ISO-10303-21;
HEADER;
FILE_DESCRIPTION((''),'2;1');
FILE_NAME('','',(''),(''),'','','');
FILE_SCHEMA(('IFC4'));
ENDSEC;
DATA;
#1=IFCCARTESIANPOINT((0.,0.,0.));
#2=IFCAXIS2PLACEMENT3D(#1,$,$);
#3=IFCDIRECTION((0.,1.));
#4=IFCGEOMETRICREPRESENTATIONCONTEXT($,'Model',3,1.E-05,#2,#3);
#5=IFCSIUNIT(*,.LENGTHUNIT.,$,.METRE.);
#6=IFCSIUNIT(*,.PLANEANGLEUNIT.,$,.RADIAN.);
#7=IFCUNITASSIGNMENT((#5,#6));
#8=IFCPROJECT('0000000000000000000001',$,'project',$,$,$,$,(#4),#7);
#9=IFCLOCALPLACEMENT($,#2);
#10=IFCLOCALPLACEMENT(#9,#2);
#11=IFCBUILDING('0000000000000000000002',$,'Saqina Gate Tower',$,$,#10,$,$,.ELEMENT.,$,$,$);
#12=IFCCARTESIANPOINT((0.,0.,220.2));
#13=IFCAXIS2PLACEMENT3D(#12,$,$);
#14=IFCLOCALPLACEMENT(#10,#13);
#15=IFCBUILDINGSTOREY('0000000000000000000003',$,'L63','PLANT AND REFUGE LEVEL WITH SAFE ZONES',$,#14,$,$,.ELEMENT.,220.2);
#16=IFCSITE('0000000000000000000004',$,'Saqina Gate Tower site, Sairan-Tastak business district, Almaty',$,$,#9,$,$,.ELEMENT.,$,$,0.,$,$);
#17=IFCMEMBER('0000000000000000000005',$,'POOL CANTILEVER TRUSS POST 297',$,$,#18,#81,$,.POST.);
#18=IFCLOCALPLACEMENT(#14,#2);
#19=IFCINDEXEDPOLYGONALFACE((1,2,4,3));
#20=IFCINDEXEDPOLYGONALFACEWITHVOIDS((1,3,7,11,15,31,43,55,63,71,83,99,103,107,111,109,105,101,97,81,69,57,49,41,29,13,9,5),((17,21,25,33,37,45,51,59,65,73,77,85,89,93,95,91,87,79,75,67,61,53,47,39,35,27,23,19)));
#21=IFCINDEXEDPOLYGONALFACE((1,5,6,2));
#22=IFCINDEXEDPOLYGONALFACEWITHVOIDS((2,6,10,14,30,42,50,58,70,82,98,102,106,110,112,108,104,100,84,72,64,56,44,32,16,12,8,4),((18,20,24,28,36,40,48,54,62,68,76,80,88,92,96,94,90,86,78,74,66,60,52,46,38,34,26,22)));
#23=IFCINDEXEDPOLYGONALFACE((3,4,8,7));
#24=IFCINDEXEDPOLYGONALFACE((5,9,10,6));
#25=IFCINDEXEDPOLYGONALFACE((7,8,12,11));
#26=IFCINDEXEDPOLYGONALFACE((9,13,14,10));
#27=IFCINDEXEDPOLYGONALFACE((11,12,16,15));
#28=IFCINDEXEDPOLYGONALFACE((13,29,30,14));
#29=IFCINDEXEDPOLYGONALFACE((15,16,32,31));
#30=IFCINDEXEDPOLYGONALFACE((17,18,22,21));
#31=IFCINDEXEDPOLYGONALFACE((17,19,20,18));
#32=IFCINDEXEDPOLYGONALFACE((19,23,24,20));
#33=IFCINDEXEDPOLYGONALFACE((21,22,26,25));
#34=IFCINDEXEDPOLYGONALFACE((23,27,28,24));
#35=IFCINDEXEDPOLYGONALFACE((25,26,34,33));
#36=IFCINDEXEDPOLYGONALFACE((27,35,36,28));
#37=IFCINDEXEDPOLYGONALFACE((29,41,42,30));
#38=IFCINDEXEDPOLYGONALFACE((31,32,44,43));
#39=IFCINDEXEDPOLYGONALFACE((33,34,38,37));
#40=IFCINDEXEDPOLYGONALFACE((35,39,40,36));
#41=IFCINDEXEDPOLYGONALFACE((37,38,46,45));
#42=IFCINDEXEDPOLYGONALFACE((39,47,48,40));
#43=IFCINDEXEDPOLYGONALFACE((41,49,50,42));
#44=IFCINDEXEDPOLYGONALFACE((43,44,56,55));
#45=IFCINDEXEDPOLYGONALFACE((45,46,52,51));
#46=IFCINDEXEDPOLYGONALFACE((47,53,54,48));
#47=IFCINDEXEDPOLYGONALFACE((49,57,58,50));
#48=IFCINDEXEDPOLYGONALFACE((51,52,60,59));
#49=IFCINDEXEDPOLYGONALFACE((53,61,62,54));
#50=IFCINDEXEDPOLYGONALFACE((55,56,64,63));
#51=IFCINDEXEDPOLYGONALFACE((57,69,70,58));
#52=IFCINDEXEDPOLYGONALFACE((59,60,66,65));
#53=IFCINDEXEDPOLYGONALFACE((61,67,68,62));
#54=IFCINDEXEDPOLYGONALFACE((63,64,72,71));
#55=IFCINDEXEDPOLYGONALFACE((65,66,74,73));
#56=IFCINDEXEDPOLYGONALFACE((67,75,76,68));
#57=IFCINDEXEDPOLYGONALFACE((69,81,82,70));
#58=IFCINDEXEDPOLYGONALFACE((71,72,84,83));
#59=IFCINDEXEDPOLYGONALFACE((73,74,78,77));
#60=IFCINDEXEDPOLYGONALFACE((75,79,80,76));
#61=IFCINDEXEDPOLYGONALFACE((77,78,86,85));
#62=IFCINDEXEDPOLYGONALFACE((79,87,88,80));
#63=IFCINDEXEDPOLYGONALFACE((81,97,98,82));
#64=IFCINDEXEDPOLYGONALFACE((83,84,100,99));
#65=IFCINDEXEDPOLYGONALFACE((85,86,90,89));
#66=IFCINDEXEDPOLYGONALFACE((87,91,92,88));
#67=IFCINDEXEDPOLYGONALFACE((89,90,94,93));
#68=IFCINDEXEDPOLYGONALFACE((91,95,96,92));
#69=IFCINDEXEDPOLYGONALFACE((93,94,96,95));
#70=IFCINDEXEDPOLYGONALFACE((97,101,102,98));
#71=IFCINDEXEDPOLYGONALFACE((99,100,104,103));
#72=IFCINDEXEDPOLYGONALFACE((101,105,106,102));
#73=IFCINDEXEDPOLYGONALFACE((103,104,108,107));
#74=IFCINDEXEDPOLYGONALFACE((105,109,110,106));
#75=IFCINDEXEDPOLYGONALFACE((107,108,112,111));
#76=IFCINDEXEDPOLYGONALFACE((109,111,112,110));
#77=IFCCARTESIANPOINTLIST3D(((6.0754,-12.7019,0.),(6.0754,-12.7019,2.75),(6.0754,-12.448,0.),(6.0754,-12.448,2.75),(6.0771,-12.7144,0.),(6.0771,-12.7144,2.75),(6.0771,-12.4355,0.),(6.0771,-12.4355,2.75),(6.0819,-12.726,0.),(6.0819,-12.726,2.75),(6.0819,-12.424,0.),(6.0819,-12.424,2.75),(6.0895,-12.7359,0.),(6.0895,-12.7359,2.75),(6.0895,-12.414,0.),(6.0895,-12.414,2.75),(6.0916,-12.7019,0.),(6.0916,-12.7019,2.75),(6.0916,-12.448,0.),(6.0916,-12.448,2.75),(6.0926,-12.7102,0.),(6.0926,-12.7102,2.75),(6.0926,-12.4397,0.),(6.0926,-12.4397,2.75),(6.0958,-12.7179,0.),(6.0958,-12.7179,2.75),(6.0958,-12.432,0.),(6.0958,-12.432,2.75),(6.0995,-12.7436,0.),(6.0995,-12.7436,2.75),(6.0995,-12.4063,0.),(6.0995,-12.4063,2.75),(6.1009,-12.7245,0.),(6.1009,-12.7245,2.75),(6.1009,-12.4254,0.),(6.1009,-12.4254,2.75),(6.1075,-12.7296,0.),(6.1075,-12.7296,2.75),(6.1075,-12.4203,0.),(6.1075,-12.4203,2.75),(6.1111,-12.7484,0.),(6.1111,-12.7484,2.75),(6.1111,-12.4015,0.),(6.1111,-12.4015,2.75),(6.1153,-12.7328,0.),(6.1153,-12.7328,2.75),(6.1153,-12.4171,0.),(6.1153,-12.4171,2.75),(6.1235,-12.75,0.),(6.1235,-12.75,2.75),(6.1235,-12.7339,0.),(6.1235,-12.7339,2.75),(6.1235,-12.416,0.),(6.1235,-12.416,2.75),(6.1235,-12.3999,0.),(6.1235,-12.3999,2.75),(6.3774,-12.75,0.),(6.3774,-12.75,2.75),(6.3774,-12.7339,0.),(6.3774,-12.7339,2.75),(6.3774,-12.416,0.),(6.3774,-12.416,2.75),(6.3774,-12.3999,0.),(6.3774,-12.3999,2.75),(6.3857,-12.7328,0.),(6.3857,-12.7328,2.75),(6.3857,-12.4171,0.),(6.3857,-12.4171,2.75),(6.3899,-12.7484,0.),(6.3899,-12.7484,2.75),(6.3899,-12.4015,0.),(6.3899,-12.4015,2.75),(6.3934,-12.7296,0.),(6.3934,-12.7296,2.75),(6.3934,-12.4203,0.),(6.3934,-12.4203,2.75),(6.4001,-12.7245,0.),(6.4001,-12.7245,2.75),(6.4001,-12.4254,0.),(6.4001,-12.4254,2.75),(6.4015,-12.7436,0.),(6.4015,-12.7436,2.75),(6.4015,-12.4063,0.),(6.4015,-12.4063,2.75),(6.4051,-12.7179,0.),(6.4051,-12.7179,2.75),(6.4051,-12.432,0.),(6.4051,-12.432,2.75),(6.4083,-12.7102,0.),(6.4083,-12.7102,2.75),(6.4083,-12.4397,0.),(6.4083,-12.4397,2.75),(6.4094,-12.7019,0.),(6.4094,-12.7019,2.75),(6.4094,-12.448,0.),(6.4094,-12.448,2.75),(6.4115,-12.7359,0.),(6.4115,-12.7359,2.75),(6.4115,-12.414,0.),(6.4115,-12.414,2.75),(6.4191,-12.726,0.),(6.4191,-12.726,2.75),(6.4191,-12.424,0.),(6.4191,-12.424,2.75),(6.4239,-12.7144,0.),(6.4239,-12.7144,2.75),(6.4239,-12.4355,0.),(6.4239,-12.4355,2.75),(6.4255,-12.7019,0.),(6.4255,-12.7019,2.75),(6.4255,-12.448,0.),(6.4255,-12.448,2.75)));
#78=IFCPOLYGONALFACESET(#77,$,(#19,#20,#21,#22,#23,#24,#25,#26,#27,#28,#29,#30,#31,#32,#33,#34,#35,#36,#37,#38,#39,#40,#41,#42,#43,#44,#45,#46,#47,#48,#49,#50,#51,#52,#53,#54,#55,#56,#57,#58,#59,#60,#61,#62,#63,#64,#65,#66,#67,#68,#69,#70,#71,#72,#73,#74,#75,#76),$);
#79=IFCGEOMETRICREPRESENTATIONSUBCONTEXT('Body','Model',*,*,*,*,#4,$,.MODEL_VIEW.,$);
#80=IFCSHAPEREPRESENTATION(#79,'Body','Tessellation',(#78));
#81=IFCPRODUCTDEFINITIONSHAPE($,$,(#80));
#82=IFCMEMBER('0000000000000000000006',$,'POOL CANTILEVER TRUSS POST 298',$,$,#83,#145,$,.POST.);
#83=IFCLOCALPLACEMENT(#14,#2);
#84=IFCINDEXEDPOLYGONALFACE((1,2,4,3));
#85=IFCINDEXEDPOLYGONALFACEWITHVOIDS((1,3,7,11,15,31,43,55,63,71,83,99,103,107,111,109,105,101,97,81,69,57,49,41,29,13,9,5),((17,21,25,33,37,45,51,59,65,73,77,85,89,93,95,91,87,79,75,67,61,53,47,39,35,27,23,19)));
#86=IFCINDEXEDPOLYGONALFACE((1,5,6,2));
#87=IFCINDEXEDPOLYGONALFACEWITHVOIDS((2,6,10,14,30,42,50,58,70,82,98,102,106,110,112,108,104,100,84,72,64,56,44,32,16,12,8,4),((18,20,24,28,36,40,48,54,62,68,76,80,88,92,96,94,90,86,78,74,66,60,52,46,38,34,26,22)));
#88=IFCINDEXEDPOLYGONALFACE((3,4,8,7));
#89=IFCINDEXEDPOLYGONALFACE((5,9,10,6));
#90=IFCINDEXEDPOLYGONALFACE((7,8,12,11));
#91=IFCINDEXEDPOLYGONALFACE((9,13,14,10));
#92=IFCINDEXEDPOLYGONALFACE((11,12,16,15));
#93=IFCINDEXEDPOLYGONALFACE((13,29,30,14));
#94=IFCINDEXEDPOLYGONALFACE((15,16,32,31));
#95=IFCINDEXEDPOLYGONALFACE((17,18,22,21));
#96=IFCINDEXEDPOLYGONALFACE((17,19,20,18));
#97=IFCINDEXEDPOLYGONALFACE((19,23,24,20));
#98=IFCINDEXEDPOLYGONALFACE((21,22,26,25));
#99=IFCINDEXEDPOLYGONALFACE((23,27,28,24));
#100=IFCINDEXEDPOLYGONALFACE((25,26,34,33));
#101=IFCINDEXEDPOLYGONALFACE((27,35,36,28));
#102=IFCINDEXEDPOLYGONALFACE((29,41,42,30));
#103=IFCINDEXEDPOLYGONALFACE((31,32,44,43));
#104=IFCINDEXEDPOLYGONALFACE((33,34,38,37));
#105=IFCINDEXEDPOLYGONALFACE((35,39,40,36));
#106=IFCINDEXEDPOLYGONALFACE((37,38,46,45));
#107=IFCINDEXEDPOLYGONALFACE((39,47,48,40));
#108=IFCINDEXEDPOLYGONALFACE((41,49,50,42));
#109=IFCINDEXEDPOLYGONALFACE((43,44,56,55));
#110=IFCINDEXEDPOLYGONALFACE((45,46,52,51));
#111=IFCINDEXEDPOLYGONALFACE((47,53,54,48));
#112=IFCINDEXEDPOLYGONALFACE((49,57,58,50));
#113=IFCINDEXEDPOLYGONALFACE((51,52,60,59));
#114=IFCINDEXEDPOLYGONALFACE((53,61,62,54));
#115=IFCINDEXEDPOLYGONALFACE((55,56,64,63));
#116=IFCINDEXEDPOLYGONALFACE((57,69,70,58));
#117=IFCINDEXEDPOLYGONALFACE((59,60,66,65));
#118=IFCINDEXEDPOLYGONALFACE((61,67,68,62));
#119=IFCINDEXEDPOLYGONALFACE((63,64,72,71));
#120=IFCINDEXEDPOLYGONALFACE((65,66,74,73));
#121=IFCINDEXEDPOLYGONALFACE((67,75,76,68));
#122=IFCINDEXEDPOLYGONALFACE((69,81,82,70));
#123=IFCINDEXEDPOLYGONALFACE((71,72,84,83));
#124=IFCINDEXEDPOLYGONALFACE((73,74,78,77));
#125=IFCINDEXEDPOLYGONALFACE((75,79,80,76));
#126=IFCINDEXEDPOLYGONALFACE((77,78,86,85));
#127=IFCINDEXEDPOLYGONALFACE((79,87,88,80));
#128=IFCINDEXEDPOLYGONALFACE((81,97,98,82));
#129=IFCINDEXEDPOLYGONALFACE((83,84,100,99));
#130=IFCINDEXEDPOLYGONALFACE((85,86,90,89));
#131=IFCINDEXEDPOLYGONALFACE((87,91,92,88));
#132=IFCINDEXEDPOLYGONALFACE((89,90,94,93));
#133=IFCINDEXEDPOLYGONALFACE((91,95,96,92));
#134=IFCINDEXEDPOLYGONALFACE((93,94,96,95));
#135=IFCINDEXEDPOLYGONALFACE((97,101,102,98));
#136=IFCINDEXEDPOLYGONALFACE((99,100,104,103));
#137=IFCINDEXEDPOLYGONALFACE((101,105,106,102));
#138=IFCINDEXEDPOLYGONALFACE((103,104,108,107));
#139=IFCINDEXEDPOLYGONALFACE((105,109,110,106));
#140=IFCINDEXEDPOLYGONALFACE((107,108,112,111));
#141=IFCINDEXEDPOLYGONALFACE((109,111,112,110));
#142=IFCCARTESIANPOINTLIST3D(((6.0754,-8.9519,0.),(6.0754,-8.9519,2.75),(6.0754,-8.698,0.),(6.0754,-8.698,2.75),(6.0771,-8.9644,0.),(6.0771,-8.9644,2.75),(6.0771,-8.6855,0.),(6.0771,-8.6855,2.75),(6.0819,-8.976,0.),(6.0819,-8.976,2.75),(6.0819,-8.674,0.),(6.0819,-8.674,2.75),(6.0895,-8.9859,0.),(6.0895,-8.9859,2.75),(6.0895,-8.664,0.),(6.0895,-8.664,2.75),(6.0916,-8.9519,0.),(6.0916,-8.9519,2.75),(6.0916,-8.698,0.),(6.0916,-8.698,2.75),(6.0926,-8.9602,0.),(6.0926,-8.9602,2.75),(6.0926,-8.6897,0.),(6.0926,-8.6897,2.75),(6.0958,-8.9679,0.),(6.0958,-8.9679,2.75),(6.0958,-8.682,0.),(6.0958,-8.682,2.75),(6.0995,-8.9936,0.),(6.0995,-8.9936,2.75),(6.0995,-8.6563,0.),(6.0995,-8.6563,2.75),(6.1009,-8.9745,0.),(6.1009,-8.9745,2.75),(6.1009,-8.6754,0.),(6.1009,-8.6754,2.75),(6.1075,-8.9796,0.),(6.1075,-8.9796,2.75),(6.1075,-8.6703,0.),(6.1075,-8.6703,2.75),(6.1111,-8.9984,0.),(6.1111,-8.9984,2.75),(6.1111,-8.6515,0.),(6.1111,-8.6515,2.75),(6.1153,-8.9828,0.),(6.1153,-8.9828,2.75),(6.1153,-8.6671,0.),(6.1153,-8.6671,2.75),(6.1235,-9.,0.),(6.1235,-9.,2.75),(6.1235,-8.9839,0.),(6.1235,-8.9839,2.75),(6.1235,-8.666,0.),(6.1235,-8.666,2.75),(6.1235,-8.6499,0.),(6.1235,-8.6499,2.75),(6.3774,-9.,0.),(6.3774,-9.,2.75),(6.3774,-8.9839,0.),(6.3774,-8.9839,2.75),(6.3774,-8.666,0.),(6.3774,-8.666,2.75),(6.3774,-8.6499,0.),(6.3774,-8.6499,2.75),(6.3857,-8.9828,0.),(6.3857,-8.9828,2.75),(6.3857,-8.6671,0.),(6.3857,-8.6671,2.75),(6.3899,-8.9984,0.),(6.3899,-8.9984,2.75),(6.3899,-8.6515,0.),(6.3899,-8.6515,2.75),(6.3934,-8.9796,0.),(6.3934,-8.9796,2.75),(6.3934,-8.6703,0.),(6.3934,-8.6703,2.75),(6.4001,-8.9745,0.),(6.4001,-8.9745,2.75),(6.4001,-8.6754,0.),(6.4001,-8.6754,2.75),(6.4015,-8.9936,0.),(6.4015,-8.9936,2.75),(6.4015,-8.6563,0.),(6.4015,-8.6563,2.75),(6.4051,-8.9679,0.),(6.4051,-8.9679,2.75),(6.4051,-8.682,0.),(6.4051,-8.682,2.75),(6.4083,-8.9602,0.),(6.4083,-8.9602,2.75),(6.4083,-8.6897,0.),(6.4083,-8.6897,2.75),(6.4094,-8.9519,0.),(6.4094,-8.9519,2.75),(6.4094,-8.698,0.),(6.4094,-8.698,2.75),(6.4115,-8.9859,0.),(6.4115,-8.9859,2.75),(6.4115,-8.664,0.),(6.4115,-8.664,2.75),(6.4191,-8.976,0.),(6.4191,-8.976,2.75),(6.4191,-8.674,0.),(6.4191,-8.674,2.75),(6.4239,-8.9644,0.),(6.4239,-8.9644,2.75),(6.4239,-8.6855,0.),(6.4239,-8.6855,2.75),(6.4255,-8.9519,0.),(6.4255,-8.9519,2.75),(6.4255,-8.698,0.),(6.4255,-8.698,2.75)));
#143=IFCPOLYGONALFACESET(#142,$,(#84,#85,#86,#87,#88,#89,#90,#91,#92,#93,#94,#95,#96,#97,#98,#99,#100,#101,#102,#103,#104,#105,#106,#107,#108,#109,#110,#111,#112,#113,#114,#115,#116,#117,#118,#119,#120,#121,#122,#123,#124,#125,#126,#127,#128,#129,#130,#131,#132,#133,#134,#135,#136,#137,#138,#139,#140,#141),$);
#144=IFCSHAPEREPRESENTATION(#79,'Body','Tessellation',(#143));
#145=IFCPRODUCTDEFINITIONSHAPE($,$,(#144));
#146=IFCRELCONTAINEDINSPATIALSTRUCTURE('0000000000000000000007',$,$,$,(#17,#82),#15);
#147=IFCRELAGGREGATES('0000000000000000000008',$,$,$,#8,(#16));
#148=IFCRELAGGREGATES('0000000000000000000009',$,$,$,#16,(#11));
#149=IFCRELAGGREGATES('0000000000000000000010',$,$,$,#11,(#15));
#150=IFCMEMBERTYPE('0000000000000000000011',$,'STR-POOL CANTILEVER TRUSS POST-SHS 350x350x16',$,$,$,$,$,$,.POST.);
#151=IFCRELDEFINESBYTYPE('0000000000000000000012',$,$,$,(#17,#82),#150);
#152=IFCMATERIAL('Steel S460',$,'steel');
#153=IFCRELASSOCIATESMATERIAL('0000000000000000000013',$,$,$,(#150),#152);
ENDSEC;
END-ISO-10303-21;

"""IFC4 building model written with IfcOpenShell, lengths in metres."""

from ifc_helpers import new_model, si_unit, direction, frame, origin, origin_2d, place, context, subcontext, project, spatial, hollow_rectangle, extrude, material, material_profile, profile_set, type_object, element, save


model = new_model("IFC4")

# Units and contexts
model_context = context("Model", 3, precision=1e-05, world=origin(), true_north=direction((0.0, 1.0)))
body_context = subcontext(model_context, "Body", "Model", "MODEL_VIEW")
ifc_project = project(units=[si_unit("LENGTHUNIT", "METRE"), si_unit("PLANEANGLEUNIT", "RADIAN")], contexts=[model_context])

# Site, building, storey
site_placement = place(None, origin())
site = spatial("IfcSite", under=ifc_project, at=site_placement, Name="Saqina Gate Tower site, Sairan-Tastak business district, Almaty", CompositionType="ELEMENT", RefElevation=0.0)
building_placement = place(site_placement, origin())
building = spatial("IfcBuilding", under=site, at=building_placement, Name="Saqina Gate Tower", CompositionType="ELEMENT")
storey_placement = place(building_placement, frame((0.0, 0.0, 220.2)))
storey = spatial("IfcBuildingStorey", under=building, at=storey_placement, Name="L63", Description="PLANT AND REFUGE LEVEL WITH SAFE ZONES", CompositionType="ELEMENT", Elevation=220.2)

# Members
ifc_material_1 = material(Name="Steel S460", Category="steel")
ifc_material_profile_1 = material_profile(ifc_material_1, hollow_rectangle(XDim=0.3501, YDim=0.3501, WallThickness=0.0161, InnerFilletRadius=0.032, OuterFilletRadius=0.0481, at=origin_2d()), Name="SHS 350x350x16")
ifc_profile_set_1 = profile_set([ifc_material_profile_1], Name="Steel S460")
member_type_1 = type_object("IfcMemberType", Name="STR-POOL CANTILEVER TRUSS POST-SHS 350x350x16", PredefinedType="POST", material=ifc_profile_set_1)
for number, where, z_axis, x_axis, name in (
    (1, (6.2505, -12.575, 0.0), (0.0, 0.0, 1.0), (1.0, 0.0, 0.0), "POOL CANTILEVER TRUSS POST 297"),
    (2, (6.2505, -8.825, 0.0), (0.0, 0.0, 1.0), (1.0, 0.0, 0.0), "POOL CANTILEVER TRUSS POST 298"),
):
    element("IfcMember", number, at=place(storey_placement, frame(where, z_axis=z_axis, x_axis=x_axis)), inside=storey, type_object=member_type_1, Name=name, PredefinedType="POST", context=body_context, shape_type="SweptSolid", body=[
        extrude(hollow_rectangle(XDim=0.3501, YDim=0.3501, WallThickness=0.0161, InnerFilletRadius=0.032, OuterFilletRadius=0.0481, at=origin_2d()), origin(), (0.0, 0.0, 1.0), 2.75),
    ])

save(model, "model.ifc")
